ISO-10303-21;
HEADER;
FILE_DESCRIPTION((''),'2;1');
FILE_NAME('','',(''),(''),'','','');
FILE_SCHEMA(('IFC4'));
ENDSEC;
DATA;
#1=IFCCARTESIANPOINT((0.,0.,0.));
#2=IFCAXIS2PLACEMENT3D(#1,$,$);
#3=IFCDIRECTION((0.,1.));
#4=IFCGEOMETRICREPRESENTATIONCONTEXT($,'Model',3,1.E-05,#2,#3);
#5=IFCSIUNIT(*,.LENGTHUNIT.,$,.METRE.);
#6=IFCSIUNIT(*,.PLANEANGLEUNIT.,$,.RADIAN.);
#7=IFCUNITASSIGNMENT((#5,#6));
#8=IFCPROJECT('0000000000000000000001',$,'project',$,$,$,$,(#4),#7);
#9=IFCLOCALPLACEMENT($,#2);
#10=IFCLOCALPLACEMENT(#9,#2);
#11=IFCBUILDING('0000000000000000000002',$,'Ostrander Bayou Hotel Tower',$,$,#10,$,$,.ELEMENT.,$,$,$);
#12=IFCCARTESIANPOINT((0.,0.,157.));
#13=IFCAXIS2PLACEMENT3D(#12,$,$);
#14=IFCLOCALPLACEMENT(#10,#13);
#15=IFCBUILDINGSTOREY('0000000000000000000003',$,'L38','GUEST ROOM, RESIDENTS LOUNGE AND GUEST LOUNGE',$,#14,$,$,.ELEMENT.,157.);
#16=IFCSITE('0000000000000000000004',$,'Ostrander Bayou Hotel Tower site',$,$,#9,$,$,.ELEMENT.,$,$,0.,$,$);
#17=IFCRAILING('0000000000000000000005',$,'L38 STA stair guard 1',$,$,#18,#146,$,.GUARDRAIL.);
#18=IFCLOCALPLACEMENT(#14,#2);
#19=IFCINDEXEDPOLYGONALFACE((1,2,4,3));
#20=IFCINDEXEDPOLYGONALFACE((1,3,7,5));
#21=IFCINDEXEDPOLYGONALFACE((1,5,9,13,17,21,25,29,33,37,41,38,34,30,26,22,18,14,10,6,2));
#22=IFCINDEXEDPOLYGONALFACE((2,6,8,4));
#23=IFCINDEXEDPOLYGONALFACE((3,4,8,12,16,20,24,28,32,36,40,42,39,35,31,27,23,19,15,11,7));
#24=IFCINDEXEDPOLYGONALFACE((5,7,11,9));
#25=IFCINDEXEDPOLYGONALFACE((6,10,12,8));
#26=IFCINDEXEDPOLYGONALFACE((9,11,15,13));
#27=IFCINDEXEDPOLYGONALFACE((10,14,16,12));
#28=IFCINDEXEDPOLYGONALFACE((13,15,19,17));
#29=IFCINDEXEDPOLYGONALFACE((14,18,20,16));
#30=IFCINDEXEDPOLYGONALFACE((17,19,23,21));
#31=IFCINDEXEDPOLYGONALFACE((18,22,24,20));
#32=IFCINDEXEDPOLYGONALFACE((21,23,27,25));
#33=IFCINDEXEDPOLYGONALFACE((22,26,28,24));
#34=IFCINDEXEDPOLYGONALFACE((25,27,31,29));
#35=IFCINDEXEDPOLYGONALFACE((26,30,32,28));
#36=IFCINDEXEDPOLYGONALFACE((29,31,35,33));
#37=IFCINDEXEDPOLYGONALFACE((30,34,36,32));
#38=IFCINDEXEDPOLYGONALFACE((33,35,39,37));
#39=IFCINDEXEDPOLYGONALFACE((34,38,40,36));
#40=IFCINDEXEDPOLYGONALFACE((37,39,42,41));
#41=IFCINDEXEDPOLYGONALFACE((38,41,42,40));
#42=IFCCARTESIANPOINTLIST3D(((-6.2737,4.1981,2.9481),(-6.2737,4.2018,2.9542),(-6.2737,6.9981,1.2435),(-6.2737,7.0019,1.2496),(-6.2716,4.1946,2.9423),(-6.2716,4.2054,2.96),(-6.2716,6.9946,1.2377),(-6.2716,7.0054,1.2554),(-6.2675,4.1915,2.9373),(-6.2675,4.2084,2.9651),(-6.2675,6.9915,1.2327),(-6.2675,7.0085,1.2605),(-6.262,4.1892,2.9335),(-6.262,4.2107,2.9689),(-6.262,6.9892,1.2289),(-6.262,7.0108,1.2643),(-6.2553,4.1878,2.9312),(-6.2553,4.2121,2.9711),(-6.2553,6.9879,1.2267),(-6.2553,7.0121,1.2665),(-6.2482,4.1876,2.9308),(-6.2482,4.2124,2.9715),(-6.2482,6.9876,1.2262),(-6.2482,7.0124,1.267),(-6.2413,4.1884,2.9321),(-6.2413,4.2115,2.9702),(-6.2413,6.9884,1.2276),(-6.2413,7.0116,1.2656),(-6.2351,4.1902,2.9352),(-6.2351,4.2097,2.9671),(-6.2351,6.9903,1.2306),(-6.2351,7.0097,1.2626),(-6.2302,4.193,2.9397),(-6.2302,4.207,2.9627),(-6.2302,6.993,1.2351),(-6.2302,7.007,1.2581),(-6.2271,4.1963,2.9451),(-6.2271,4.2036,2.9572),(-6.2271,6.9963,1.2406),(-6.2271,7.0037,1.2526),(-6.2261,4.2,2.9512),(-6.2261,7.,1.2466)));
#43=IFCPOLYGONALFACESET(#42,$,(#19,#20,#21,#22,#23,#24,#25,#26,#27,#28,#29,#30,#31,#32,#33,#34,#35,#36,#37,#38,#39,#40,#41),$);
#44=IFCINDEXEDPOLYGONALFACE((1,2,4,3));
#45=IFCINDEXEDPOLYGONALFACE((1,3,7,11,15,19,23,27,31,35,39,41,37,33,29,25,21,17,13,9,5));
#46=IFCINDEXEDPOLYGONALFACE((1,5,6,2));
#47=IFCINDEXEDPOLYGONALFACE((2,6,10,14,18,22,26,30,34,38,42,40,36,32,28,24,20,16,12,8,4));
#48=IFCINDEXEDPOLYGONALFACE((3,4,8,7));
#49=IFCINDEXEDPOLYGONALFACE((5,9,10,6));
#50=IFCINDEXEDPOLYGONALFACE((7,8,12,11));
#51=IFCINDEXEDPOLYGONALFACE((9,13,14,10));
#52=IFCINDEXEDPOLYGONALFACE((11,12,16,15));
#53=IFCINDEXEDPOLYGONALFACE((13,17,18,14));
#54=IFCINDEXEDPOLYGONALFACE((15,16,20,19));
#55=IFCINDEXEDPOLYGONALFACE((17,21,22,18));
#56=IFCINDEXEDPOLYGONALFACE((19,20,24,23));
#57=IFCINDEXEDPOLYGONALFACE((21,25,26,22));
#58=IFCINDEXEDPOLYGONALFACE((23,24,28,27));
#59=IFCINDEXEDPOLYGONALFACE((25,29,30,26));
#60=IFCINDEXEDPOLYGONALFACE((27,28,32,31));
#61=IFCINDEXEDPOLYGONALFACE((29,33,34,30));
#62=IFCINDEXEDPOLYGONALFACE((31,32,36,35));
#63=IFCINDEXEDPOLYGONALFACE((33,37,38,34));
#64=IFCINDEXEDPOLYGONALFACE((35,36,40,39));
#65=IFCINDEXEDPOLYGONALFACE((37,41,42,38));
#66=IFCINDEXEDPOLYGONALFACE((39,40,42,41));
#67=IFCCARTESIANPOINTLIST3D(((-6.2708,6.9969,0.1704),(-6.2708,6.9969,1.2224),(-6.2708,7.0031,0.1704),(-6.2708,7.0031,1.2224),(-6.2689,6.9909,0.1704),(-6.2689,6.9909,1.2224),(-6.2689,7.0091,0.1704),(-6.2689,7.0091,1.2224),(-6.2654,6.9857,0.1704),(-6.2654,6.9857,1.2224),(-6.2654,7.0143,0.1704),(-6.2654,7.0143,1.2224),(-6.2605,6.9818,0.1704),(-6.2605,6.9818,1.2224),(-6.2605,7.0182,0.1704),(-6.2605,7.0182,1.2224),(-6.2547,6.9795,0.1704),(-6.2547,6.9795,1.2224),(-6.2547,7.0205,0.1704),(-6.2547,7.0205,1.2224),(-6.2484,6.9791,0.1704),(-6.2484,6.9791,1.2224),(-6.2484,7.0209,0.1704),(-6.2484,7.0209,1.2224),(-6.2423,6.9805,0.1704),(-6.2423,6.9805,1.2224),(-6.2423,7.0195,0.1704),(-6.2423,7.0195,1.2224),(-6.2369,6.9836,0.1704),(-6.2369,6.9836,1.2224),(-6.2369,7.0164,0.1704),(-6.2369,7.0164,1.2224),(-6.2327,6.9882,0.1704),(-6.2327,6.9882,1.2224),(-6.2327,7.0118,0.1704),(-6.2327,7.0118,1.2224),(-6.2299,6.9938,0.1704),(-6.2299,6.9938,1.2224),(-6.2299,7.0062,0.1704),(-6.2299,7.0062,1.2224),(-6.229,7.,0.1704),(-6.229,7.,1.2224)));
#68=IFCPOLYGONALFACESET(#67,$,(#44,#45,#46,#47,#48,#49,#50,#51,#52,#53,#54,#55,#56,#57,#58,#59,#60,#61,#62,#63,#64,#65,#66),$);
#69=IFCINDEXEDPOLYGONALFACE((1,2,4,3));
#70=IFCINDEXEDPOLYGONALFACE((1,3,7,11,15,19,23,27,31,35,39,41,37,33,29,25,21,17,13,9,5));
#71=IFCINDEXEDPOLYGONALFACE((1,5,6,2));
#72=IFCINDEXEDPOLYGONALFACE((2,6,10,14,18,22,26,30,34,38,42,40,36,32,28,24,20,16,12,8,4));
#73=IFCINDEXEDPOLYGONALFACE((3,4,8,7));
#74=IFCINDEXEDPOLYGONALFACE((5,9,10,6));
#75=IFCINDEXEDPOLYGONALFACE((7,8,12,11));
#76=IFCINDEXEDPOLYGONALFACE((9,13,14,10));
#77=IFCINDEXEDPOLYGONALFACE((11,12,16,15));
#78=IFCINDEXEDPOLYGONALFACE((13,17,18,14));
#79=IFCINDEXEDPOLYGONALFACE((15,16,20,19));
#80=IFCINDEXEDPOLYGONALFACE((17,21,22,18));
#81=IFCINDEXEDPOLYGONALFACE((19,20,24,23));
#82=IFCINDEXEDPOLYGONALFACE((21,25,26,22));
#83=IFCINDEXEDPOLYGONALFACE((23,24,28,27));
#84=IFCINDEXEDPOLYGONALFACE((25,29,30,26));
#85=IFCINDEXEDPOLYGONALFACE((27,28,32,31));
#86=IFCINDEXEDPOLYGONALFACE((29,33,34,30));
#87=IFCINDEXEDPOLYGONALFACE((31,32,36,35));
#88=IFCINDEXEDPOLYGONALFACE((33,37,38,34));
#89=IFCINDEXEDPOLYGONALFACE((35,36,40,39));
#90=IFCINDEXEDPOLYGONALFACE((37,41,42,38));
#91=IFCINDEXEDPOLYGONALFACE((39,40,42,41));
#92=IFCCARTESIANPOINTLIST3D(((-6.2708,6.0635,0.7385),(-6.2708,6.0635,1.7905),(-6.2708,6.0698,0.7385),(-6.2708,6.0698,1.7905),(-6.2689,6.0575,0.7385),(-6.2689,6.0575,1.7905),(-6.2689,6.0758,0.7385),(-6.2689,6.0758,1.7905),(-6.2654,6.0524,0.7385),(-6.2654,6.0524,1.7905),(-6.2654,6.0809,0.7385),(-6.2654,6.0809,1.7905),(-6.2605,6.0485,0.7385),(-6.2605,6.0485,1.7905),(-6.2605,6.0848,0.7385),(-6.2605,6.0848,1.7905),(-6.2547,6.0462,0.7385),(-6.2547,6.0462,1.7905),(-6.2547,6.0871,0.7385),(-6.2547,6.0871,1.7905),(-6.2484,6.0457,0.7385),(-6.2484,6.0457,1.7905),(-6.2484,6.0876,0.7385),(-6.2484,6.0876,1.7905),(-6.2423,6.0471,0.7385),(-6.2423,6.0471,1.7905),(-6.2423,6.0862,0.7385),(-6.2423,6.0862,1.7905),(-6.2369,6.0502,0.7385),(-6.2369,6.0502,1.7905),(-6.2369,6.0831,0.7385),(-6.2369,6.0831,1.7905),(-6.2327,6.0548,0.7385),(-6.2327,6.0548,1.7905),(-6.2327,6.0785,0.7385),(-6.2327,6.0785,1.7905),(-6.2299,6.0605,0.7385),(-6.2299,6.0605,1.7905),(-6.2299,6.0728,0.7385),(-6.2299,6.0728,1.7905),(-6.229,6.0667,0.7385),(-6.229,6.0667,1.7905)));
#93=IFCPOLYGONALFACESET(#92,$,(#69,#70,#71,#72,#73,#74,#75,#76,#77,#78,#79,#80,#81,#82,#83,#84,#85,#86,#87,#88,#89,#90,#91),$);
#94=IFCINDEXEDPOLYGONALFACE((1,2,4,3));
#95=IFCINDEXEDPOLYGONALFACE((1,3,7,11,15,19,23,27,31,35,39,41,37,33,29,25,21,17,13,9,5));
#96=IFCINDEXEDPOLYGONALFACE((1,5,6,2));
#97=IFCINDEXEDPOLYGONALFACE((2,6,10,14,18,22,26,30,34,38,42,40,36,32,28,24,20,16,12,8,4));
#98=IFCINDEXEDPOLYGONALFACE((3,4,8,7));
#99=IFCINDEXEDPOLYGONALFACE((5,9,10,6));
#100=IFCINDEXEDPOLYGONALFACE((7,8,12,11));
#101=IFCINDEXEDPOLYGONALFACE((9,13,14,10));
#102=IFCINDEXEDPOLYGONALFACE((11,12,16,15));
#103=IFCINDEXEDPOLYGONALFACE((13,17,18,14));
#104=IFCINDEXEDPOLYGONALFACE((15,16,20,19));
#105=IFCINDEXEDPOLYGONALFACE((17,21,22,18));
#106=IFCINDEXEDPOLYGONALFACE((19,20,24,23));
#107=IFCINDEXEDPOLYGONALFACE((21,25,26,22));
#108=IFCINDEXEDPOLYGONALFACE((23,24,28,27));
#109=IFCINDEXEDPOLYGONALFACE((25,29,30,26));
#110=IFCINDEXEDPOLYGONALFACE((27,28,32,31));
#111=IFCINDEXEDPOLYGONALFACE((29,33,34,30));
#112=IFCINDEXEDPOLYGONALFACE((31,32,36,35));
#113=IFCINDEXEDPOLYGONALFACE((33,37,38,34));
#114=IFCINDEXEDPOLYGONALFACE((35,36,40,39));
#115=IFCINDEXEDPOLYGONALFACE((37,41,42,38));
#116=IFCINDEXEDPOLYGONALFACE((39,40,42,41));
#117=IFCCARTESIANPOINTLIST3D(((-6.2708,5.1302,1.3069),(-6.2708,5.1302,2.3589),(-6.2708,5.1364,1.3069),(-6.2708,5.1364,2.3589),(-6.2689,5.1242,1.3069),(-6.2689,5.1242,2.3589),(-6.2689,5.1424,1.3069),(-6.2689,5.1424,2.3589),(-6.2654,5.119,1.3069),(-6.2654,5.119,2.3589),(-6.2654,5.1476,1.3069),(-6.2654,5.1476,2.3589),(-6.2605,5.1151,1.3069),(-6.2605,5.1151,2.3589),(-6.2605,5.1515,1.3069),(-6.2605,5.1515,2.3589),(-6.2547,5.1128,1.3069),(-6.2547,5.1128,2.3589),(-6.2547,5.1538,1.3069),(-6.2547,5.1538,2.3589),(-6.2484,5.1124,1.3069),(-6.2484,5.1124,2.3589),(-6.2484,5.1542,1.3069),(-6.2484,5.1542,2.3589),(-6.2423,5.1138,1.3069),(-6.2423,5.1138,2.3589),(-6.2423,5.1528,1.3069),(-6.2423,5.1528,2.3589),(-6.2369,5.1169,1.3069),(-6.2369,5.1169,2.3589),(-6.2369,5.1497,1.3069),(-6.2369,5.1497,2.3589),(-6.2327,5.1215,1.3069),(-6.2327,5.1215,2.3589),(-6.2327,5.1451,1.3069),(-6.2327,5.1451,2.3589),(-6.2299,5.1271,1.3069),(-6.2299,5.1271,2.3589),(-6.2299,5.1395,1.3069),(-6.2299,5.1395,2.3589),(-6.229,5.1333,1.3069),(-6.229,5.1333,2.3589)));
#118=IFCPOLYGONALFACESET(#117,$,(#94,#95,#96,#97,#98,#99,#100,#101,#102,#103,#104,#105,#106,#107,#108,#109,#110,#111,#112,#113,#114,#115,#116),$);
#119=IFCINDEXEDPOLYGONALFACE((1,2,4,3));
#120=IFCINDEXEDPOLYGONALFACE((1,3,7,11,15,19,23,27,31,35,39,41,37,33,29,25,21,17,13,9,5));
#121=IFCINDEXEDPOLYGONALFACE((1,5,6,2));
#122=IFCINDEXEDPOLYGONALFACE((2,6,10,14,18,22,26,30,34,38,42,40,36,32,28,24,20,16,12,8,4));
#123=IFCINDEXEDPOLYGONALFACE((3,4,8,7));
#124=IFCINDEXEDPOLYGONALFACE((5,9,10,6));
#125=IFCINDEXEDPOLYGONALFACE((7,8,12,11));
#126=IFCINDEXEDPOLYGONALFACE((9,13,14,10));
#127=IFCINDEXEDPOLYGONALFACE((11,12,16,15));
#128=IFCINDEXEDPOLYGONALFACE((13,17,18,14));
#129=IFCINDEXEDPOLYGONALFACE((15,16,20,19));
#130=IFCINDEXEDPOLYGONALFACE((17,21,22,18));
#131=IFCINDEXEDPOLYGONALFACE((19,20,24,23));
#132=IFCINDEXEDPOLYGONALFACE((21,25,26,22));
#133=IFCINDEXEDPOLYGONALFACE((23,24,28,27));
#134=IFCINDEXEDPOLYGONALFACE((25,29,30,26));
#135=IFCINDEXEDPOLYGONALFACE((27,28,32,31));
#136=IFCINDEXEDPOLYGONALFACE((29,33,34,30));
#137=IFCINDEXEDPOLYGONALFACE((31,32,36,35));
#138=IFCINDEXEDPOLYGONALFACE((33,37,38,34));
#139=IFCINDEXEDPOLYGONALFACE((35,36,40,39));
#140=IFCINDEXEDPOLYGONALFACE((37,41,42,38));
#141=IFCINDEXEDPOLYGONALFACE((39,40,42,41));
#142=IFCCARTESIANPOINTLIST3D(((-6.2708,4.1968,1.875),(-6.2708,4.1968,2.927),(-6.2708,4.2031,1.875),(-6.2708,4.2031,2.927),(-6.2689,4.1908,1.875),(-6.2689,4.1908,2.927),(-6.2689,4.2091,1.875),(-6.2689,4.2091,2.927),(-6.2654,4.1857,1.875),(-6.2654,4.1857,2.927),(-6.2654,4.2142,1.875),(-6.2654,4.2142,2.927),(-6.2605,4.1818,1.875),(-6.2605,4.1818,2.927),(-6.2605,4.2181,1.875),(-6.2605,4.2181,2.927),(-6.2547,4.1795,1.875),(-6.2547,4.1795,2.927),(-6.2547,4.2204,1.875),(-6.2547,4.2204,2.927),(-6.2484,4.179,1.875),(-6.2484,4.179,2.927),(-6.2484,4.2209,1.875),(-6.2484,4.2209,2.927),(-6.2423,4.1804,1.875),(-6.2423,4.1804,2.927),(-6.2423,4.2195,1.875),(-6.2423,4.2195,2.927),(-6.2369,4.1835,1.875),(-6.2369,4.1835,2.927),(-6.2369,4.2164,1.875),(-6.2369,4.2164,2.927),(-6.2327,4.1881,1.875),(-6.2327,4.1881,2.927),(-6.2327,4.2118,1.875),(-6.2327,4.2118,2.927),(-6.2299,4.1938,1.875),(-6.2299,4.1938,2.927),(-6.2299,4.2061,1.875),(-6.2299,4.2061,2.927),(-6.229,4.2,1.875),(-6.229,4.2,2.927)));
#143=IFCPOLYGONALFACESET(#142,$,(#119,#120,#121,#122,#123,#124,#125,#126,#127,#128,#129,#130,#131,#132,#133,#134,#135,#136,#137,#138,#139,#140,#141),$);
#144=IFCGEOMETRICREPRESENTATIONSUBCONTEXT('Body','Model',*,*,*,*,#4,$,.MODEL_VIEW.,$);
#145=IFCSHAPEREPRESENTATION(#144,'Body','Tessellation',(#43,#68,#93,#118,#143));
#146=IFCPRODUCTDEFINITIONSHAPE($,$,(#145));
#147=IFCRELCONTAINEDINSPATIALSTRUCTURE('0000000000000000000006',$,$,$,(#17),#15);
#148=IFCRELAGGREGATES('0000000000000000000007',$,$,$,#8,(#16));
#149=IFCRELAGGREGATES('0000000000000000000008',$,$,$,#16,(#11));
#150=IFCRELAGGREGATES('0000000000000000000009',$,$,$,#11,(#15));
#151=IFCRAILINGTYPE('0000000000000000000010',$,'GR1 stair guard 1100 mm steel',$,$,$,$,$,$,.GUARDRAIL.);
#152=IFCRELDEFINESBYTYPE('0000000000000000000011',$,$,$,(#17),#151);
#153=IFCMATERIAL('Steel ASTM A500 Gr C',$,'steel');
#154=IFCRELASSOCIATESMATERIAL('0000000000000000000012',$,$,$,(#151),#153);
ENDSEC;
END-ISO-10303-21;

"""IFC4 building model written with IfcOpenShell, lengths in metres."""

from ifc_helpers import new_model, si_unit, direction, frame, origin, origin_2d, place, context, subcontext, project, spatial, circle, extrude, material, type_object, element, save


model = new_model("IFC4")

# Units and contexts
model_context = context("Model", 3, precision=1e-05, world=origin(), true_north=direction((0.0, 1.0)))
body_context = subcontext(model_context, "Body", "Model", "MODEL_VIEW")
ifc_project = project(units=[si_unit("LENGTHUNIT", "METRE"), si_unit("PLANEANGLEUNIT", "RADIAN")], contexts=[model_context])

# Site, building, storey
site_placement = place(None, origin())
site = spatial("IfcSite", under=ifc_project, at=site_placement, Name="Ostrander Bayou Hotel Tower site", CompositionType="ELEMENT", RefElevation=0.0)
building_placement = place(site_placement, origin())
building = spatial("IfcBuilding", under=site, at=building_placement, Name="Ostrander Bayou Hotel Tower", CompositionType="ELEMENT")
storey_placement = place(building_placement, frame((0.0, 0.0, 157.0)))
storey = spatial("IfcBuildingStorey", under=building, at=storey_placement, Name="L38", Description="GUEST ROOM, RESIDENTS LOUNGE AND GUEST LOUNGE", CompositionType="ELEMENT", Elevation=157.0)

# Railing
ifc_material_1 = material(Name="Steel ASTM A500 Gr C", Category="steel")
railing_type_1 = type_object("IfcRailingType", Name="GR1 stair guard 1100 mm steel", PredefinedType="GUARDRAIL", material=ifc_material_1)
railing_1_placement = place(storey_placement, frame((-6.25, 7.0, 0.1704)))
element("IfcRailing", 1, at=railing_1_placement, inside=storey, type_object=railing_type_1, Name="L38 STA stair guard 1", PredefinedType="GUARDRAIL", context=body_context, shape_type="SweptSolid", body=[
    extrude(circle(Radius=0.0239, at=origin_2d()), frame((0.0, 0.0, 1.0762), z_axis=(0.0, -0.85417, 0.519994), x_axis=(1.0, 0.0, 0.0)), (0.0, 0.0, 1.0), 3.2781),
    extrude(circle(Radius=0.021, at=origin_2d()), origin(), (0.0, 0.0, 1.0), 1.052),
    extrude(circle(Radius=0.021, at=origin_2d()), frame((0.0, -0.9333, 0.5681)), (0.0, 0.0, 1.0), 1.052),
    extrude(circle(Radius=0.021, at=origin_2d()), frame((0.0, -1.8667, 1.1365)), (0.0, 0.0, 1.0), 1.052),
    extrude(circle(Radius=0.021, at=origin_2d()), frame((0.0, -2.8, 1.7046)), (0.0, 0.0, 1.0), 1.052),
])

save(model, "model.ifc")
